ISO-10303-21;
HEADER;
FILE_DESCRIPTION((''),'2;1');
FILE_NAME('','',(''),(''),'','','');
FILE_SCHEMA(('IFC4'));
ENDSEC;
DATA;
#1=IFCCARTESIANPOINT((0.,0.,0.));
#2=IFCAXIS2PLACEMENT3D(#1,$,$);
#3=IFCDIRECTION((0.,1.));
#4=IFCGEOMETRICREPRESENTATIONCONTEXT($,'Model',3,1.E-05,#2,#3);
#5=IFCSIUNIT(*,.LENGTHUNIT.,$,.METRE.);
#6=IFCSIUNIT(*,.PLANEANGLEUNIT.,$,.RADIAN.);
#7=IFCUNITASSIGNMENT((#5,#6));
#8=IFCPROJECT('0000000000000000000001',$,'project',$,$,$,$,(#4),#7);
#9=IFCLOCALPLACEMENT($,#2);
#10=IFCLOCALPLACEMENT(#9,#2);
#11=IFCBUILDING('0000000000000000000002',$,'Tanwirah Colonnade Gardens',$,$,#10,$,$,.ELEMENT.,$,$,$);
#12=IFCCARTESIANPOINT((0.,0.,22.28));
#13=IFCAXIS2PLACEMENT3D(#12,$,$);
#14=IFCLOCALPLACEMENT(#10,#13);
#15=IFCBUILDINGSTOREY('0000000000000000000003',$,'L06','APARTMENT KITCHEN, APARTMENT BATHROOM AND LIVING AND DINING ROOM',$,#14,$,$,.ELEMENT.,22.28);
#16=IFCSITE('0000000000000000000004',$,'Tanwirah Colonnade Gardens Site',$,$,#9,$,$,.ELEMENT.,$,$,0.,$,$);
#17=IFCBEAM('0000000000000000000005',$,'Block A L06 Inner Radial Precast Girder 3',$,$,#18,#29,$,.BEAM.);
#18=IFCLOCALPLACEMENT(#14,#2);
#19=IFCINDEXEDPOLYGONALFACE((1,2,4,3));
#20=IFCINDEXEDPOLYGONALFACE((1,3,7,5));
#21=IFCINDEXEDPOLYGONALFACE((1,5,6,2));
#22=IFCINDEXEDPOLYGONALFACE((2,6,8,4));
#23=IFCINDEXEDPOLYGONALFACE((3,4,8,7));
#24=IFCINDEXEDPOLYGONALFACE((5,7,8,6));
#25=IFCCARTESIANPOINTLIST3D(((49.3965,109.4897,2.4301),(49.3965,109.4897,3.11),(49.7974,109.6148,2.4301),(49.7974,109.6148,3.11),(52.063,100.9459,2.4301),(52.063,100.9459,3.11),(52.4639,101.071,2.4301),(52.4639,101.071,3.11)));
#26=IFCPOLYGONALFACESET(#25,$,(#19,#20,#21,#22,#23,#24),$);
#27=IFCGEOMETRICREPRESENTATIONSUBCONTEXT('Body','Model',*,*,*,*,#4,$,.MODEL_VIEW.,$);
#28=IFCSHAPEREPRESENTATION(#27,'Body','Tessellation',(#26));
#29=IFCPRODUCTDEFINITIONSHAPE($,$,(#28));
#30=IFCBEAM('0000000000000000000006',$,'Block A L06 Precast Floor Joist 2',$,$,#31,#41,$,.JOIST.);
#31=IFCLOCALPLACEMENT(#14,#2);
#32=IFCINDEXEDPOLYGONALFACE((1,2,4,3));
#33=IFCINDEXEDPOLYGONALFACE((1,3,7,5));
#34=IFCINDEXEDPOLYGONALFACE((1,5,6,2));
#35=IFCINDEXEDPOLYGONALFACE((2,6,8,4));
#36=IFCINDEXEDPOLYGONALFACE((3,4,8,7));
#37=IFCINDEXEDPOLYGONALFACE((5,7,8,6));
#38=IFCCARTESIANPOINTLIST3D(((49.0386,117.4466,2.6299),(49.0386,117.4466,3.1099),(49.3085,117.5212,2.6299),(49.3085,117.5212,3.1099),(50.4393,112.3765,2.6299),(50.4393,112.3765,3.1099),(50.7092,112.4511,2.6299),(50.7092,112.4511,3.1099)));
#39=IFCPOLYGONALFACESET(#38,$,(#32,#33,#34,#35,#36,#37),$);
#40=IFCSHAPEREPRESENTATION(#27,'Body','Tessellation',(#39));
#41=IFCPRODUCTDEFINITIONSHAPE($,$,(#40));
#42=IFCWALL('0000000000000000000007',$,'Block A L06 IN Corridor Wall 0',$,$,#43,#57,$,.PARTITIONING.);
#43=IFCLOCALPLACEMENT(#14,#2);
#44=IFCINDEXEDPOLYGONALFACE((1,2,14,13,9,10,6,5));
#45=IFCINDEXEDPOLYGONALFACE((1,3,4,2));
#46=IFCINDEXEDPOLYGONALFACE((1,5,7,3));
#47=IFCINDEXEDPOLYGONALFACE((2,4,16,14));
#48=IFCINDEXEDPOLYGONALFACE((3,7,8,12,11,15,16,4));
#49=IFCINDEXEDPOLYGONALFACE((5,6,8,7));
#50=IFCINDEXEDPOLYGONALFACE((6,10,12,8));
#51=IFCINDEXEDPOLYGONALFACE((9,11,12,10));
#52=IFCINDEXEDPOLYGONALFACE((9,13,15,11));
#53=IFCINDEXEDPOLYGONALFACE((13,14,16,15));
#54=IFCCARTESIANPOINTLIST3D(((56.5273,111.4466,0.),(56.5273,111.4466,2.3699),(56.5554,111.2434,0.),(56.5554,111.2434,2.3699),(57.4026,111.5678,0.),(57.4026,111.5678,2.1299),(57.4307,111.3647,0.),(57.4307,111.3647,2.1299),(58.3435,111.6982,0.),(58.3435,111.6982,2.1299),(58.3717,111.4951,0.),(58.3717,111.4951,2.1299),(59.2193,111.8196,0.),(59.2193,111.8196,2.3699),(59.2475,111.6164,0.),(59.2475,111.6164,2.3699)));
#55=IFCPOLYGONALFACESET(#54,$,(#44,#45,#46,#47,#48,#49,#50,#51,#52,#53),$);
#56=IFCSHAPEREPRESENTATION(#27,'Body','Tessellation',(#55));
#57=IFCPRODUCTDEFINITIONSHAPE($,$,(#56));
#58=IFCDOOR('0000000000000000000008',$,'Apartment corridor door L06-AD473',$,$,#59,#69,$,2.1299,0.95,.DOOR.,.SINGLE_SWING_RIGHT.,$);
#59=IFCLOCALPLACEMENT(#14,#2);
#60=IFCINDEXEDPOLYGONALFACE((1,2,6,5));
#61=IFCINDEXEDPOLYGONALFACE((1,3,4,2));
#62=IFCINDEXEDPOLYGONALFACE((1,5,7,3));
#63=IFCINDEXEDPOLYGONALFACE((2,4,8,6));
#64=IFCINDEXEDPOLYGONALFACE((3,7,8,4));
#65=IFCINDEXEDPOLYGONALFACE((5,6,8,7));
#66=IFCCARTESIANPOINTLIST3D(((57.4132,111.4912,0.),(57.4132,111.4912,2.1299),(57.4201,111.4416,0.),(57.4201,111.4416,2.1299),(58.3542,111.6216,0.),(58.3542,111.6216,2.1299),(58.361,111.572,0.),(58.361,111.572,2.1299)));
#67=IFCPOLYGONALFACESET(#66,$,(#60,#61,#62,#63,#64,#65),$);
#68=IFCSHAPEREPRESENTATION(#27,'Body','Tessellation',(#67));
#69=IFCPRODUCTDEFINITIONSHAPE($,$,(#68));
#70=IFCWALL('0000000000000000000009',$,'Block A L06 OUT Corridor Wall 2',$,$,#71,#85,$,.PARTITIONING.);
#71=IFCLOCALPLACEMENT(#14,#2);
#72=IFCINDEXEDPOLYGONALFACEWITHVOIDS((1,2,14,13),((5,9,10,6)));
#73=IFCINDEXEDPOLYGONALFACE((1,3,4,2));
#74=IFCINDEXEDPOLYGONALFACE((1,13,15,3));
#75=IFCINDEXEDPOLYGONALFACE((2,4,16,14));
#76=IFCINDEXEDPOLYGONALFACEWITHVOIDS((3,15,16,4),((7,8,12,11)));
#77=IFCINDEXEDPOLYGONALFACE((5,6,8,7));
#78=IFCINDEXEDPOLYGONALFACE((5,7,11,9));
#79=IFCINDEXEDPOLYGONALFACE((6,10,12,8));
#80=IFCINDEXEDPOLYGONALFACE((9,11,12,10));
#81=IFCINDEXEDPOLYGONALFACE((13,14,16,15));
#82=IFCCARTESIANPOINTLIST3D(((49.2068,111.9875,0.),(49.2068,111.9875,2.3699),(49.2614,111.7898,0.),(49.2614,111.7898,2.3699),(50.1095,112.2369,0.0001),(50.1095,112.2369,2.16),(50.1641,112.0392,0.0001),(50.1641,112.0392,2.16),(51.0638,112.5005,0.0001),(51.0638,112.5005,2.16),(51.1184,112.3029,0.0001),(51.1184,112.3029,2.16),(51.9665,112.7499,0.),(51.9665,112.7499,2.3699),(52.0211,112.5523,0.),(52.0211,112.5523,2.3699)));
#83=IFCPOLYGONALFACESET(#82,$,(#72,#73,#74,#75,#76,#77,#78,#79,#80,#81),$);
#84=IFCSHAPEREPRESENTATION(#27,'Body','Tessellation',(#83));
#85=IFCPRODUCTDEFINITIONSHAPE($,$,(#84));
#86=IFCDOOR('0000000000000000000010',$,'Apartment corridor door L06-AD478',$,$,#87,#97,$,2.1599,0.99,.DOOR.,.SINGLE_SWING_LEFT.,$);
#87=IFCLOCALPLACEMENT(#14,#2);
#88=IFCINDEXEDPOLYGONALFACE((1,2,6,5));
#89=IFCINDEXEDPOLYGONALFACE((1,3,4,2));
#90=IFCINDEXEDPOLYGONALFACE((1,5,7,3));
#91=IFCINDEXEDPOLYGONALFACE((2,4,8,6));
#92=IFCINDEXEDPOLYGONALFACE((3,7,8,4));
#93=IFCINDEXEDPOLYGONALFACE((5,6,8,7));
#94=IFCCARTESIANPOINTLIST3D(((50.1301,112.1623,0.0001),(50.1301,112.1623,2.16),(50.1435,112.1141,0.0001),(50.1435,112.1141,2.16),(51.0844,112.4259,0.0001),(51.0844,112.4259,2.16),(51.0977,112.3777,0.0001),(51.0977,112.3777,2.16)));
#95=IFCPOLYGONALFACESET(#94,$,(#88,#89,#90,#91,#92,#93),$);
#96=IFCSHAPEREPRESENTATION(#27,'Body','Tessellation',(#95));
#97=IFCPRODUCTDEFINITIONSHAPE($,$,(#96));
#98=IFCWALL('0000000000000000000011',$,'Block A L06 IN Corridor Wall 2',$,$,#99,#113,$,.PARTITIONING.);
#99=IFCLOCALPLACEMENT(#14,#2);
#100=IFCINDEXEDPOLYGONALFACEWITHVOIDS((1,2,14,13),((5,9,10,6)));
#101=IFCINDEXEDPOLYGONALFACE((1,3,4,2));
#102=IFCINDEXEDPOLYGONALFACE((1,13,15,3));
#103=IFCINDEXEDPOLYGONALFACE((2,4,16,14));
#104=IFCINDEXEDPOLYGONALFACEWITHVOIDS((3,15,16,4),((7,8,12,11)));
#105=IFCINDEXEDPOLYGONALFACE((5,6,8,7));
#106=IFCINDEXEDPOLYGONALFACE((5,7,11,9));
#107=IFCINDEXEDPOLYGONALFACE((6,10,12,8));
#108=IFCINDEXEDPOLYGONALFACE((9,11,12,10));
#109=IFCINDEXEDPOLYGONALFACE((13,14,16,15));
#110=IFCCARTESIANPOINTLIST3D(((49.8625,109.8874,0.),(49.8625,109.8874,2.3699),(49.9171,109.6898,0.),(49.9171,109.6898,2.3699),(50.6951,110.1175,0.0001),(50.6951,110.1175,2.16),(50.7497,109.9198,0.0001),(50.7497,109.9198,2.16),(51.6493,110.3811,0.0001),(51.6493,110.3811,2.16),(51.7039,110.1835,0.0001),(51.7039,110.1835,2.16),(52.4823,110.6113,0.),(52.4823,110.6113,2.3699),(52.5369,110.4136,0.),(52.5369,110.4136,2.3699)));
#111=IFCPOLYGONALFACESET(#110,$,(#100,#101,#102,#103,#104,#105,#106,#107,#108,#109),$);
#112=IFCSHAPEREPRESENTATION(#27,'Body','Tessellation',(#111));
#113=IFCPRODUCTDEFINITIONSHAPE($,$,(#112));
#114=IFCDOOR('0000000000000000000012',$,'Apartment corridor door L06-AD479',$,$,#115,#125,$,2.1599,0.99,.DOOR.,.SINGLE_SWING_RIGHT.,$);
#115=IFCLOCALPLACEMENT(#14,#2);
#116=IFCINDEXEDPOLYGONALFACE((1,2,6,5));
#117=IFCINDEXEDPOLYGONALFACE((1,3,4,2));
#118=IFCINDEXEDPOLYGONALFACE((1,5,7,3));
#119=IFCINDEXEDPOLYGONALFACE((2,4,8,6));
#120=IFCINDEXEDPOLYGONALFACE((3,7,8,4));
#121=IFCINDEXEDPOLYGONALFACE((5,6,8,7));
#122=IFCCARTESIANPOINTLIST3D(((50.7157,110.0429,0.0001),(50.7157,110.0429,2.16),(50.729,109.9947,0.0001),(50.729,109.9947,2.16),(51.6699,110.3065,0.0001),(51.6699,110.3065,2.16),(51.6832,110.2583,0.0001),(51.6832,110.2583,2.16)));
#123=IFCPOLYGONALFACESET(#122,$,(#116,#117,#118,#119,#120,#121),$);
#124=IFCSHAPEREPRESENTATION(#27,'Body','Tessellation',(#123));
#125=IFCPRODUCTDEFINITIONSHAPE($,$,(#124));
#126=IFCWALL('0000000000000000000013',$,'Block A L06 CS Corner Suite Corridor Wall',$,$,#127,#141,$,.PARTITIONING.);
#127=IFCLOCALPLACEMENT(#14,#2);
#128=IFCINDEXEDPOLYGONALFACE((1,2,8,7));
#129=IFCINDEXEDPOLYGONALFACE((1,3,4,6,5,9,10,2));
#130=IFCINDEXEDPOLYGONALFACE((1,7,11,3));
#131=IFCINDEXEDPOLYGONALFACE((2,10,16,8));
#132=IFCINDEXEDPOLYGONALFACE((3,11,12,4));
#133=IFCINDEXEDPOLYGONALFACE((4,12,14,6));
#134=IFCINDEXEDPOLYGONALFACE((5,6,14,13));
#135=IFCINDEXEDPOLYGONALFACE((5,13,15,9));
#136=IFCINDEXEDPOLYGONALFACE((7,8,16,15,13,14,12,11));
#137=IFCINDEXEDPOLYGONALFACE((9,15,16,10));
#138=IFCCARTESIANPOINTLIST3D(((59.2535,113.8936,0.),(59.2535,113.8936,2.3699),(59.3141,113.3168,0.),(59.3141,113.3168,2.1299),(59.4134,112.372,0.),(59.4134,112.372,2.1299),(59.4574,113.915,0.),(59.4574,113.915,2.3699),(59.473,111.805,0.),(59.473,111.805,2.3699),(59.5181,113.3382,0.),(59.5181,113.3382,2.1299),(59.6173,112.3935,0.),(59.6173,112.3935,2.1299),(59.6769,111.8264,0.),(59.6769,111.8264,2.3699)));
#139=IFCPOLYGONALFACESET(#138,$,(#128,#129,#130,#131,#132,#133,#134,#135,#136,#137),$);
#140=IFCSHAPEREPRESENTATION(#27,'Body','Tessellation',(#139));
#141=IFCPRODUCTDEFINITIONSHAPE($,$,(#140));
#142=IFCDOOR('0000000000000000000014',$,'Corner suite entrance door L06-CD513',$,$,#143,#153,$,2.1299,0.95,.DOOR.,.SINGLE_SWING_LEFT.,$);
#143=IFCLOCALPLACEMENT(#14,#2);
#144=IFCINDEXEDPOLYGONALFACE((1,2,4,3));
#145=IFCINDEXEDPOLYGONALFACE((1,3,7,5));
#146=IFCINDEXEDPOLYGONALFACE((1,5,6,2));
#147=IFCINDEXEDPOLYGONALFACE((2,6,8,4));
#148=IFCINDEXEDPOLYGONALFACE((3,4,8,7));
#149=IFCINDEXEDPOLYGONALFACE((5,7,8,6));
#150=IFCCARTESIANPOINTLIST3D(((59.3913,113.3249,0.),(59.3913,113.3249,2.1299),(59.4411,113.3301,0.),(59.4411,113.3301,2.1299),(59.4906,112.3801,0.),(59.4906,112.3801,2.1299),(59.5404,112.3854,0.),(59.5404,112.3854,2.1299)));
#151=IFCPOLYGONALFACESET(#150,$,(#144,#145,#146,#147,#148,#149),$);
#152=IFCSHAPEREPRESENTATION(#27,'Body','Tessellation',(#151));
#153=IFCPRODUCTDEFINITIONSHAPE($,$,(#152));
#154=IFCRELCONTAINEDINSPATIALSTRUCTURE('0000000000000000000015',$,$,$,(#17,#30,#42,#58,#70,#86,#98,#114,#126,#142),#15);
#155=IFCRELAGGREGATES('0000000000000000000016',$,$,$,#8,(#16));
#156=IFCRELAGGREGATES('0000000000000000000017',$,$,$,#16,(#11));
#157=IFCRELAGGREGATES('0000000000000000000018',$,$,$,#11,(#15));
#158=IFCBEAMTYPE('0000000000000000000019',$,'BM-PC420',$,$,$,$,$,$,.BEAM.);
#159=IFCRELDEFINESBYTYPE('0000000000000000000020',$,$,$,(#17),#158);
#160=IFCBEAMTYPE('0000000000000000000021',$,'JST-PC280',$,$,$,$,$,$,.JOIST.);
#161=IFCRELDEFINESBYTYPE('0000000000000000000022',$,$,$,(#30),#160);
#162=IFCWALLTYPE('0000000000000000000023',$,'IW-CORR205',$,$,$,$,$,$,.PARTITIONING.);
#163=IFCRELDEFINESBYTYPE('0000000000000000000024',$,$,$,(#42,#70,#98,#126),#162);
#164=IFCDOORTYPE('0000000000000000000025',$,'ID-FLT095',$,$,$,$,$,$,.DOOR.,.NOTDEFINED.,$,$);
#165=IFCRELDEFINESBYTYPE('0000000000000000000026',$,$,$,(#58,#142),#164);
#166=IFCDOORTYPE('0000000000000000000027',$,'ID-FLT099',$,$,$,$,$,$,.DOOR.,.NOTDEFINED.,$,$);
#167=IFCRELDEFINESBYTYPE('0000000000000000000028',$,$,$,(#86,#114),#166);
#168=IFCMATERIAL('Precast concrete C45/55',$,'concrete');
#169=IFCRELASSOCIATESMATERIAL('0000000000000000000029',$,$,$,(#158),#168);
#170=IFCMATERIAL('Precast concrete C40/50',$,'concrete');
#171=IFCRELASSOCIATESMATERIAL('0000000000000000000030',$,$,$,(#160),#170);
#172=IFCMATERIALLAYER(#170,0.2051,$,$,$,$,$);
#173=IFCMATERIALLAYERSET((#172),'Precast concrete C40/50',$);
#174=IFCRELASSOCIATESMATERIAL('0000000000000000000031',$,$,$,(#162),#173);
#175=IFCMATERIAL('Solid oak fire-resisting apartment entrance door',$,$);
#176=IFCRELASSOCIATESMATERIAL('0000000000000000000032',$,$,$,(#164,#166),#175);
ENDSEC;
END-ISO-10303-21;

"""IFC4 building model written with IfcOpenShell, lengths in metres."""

from ifc_helpers import new_model, si_unit, direction, frame, frame_2d, origin, origin_2d, place, context, subcontext, project, spatial, rectangle, extrude, material, layer, layer_set, material_profile, profile_set, type_object, element, fill, save


model = new_model("IFC4")

# Units and contexts
model_context = context("Model", 3, precision=1e-05, world=origin(), true_north=direction((0.0, 1.0)))
body_context = subcontext(model_context, "Body", "Model", "MODEL_VIEW")
ifc_project = project(units=[si_unit("LENGTHUNIT", "METRE"), si_unit("PLANEANGLEUNIT", "RADIAN")], contexts=[model_context])

# Site, building, storey
site_placement = place(None, origin())
site = spatial("IfcSite", under=ifc_project, at=site_placement, Name="Tanwirah Colonnade Gardens Site", CompositionType="ELEMENT", RefElevation=0.0)
building_placement = place(site_placement, origin())
building = spatial("IfcBuilding", under=site, at=building_placement, Name="Tanwirah Colonnade Gardens", CompositionType="ELEMENT")
storey_placement = place(building_placement, frame((0.0, 0.0, 22.28)))
storey = spatial("IfcBuildingStorey", under=building, at=storey_placement, Name="L06", Description="APARTMENT KITCHEN, APARTMENT BATHROOM AND LIVING AND DINING ROOM", CompositionType="ELEMENT", Elevation=22.28)

# Shared definitions
ifc_material_1 = material(Name="Precast concrete C45/55", Category="concrete")

# Beams
ifc_material_2 = material(Name="Precast concrete C40/50", Category="concrete")
ifc_material_profile_1 = material_profile(ifc_material_1, rectangle(XDim=0.4199, YDim=0.6799, at=origin_2d()), Name="PC-BM 420x680")
ifc_profile_set_1 = profile_set([ifc_material_profile_1], Name="Precast concrete C45/55")
beam_type_1 = type_object("IfcBeamType", Name="BM-PC420", PredefinedType="BEAM", material=ifc_profile_set_1)
beam_1_placement = place(storey_placement, frame((49.5969, 109.5522, 2.77), z_axis=(0.297929, -0.954588, 0.0), x_axis=(0.954588, 0.297929, 0.0)))
element("IfcBeam", 1, at=beam_1_placement, inside=storey, type_object=beam_type_1, Name="Block A L06 Inner Radial Precast Girder 3", PredefinedType="BEAM", context=body_context, shape_type="SweptSolid", body=[
    extrude(rectangle(XDim=0.4199, YDim=0.6799, at=origin_2d()), origin(), (0.0, 0.0, 1.0), 8.9502),
])
ifc_material_profile_2 = material_profile(ifc_material_2, rectangle(XDim=0.28, YDim=0.48, at=origin_2d()), Name="PC-JST 280x480")
ifc_profile_set_2 = profile_set([ifc_material_profile_2], Name="Precast concrete C40/50")
beam_type_2 = type_object("IfcBeamType", Name="JST-PC280", PredefinedType="JOIST", material=ifc_profile_set_2)
beam_2_placement = place(storey_placement, frame((50.5742, 112.4138, 2.8699), z_axis=(-0.266281, 0.963895, 0.0), x_axis=(-0.963895, -0.266281, 0.0)))
element("IfcBeam", 2, at=beam_2_placement, inside=storey, type_object=beam_type_2, Name="Block A L06 Precast Floor Joist 2", PredefinedType="JOIST", context=body_context, shape_type="SweptSolid", body=[
    extrude(rectangle(XDim=0.28, YDim=0.48, at=origin_2d()), origin(), (0.0, 0.0, 1.0), 5.26),
])

# Walls, openings, doors
ifc_layer = layer(ifc_material_2, 0.2051)
ifc_layer_set = layer_set([ifc_layer], Name="Precast concrete C40/50")
wall_type = type_object("IfcWallType", Name="IW-CORR205", PredefinedType="PARTITIONING", material=ifc_layer_set)
wall_1_placement = place(storey_placement, frame((59.2334, 111.718, 0.0), z_axis=(0.0, 0.0, 1.0), x_axis=(-0.990535, -0.137257, 0.0)))
wall_1 = element("IfcWall", 3, at=wall_1_placement, inside=storey, type_object=wall_type, Name="Block A L06 IN Corridor Wall 0", PredefinedType="PARTITIONING", context=body_context, shape_type="SweptSolid", body=[
    extrude(rectangle(XDim=2.7178, YDim=0.2051, at=frame_2d((1.3589, 0.0))), origin(), (0.0, 0.0, 1.0), 2.3699),
])
opening_1_placement = place(wall_1_placement, frame((0.884, 0.0, 0.0)))
opening_1 = element("IfcOpeningElement", 4, at=opening_1_placement, cuts=wall_1, PredefinedType="OPENING", context=body_context, shape_type="SweptSolid", body=[
    extrude(rectangle(XDim=0.95, YDim=2.1299, at=frame_2d((0.4751, 1.0649))), frame((0.0, 0.1125, 0.0), z_axis=(0.0, -1.0, 0.0), x_axis=(1.0, 0.0, 0.0)), (0.0, 0.0, 1.0), 0.2251),
])
ifc_material_3 = material(Name="Solid oak fire-resisting apartment entrance door")
door_type_1 = type_object("IfcDoorType", Name="ID-FLT095", OperationType="NOTDEFINED", PredefinedType="DOOR", material=ifc_material_3)
door_1_placement = place(opening_1_placement, origin())
door_1 = element("IfcDoor", 5, at=door_1_placement, inside=storey, type_object=door_type_1, Name="Apartment corridor door L06-AD473", OperationType="SINGLE_SWING_RIGHT", OverallHeight=2.1299, OverallWidth=0.95, PredefinedType="DOOR", context=body_context, shape_type="SweptSolid", body=[
    extrude(rectangle(XDim=0.95, YDim=2.1299, at=frame_2d((0.4751, 1.0649))), frame((0.0, 0.0249, 0.0), z_axis=(0.0, -1.0, 0.0), x_axis=(1.0, 0.0, 0.0)), (0.0, 0.0, 1.0), 0.05),
])
fill(opening_1, door_1)
wall_2_placement = place(storey_placement, frame((51.9939, 112.6511, 0.0), z_axis=(0.0, 0.0, 1.0), x_axis=(-0.963891, -0.266298, 0.0)))
wall_2 = element("IfcWall", 6, at=wall_2_placement, inside=storey, type_object=wall_type, Name="Block A L06 OUT Corridor Wall 2", PredefinedType="PARTITIONING", context=body_context, shape_type="SweptSolid", body=[
    extrude(rectangle(XDim=2.863, YDim=0.2051, at=frame_2d((1.4316, 0.0))), origin(), (0.0, 0.0, 1.0), 2.3699),
])
opening_2_placement = place(wall_2_placement, frame((0.9365, 0.0, 0.0)))
opening_2 = element("IfcOpeningElement", 7, at=opening_2_placement, cuts=wall_2, PredefinedType="OPENING", context=body_context, shape_type="SweptSolid", body=[
    extrude(rectangle(XDim=0.99, YDim=2.1599, at=frame_2d((0.4951, 1.0801))), frame((0.0, 0.1125, 0.0), z_axis=(0.0, -1.0, 0.0), x_axis=(1.0, 0.0, 0.0)), (0.0, 0.0, 1.0), 0.2251),
])
door_type_2 = type_object("IfcDoorType", Name="ID-FLT099", OperationType="NOTDEFINED", PredefinedType="DOOR", material=ifc_material_3)
door_2_placement = place(opening_2_placement, origin())
door_2 = element("IfcDoor", 8, at=door_2_placement, inside=storey, type_object=door_type_2, Name="Apartment corridor door L06-AD478", OperationType="SINGLE_SWING_LEFT", OverallHeight=2.1599, OverallWidth=0.99, PredefinedType="DOOR", context=body_context, shape_type="SweptSolid", body=[
    extrude(rectangle(XDim=0.99, YDim=2.1599, at=frame_2d((0.4951, 1.0801))), frame((0.0, 0.0249, 0.0), z_axis=(0.0, -1.0, 0.0), x_axis=(1.0, 0.0, 0.0)), (0.0, 0.0, 1.0), 0.05),
])
fill(opening_2, door_2)
wall_3_placement = place(storey_placement, frame((52.5095, 110.5125, 0.0), z_axis=(0.0, 0.0, 1.0), x_axis=(-0.963884, -0.266323, 0.0)))
wall_3 = element("IfcWall", 9, at=wall_3_placement, inside=storey, type_object=wall_type, Name="Block A L06 IN Corridor Wall 2", PredefinedType="PARTITIONING", context=body_context, shape_type="SweptSolid", body=[
    extrude(rectangle(XDim=2.718, YDim=0.2051, at=frame_2d((1.3589, 0.0))), origin(), (0.0, 0.0, 1.0), 2.3699),
])
opening_3_placement = place(wall_3_placement, frame((0.864, 0.0, 0.0)))
opening_3 = element("IfcOpeningElement", 10, at=opening_3_placement, cuts=wall_3, PredefinedType="OPENING", context=body_context, shape_type="SweptSolid", body=[
    extrude(rectangle(XDim=0.99, YDim=2.1599, at=frame_2d((0.4951, 1.0801))), frame((0.0, 0.1125, 0.0), z_axis=(0.0, -1.0, 0.0), x_axis=(1.0, 0.0, 0.0)), (0.0, 0.0, 1.0), 0.2251),
])
door_3_placement = place(opening_3_placement, origin())
door_3 = element("IfcDoor", 11, at=door_3_placement, inside=storey, type_object=door_type_2, Name="Apartment corridor door L06-AD479", OperationType="SINGLE_SWING_RIGHT", OverallHeight=2.1599, OverallWidth=0.99, PredefinedType="DOOR", context=body_context, shape_type="SweptSolid", body=[
    extrude(rectangle(XDim=0.99, YDim=2.1599, at=frame_2d((0.4951, 1.0801))), frame((0.0, 0.0249, 0.0), z_axis=(0.0, -1.0, 0.0), x_axis=(1.0, 0.0, 0.0)), (0.0, 0.0, 1.0), 0.05),
])
fill(opening_3, door_3)
wall_4_placement = place(storey_placement, frame((59.575, 111.8157, 0.0), z_axis=(0.0, 0.0, 1.0), x_axis=(-0.104509, 0.994524, 0.0)))
wall_4 = element("IfcWall", 12, at=wall_4_placement, inside=storey, type_object=wall_type, Name="Block A L06 CS Corner Suite Corridor Wall", PredefinedType="PARTITIONING", context=body_context, shape_type="SweptSolid", body=[
    extrude(rectangle(XDim=2.1001, YDim=0.2051, at=frame_2d((1.05, 0.0))), origin(), (0.0, 0.0, 1.0), 2.3699),
])
opening_4_placement = place(wall_4_placement, frame((0.5701, 0.0, 0.0)))
opening_4 = element("IfcOpeningElement", 13, at=opening_4_placement, cuts=wall_4, PredefinedType="OPENING", context=body_context, shape_type="SweptSolid", body=[
    extrude(rectangle(XDim=0.95, YDim=2.1299, at=frame_2d((0.4751, 1.0649))), frame((0.0, 0.1125, 0.0), z_axis=(0.0, -1.0, 0.0), x_axis=(1.0, 0.0, 0.0)), (0.0, 0.0, 1.0), 0.2251),
])
door_4_placement = place(opening_4_placement, origin())
door_4 = element("IfcDoor", 14, at=door_4_placement, inside=storey, type_object=door_type_1, Name="Corner suite entrance door L06-CD513", OperationType="SINGLE_SWING_LEFT", OverallHeight=2.1299, OverallWidth=0.95, PredefinedType="DOOR", context=body_context, shape_type="SweptSolid", body=[
    extrude(rectangle(XDim=0.95, YDim=2.1299, at=frame_2d((0.4751, 1.0649))), frame((0.0, 0.0249, 0.0), z_axis=(0.0, -1.0, 0.0), x_axis=(1.0, 0.0, 0.0)), (0.0, 0.0, 1.0), 0.05),
])
fill(opening_4, door_4)

save(model, "model.ifc")
